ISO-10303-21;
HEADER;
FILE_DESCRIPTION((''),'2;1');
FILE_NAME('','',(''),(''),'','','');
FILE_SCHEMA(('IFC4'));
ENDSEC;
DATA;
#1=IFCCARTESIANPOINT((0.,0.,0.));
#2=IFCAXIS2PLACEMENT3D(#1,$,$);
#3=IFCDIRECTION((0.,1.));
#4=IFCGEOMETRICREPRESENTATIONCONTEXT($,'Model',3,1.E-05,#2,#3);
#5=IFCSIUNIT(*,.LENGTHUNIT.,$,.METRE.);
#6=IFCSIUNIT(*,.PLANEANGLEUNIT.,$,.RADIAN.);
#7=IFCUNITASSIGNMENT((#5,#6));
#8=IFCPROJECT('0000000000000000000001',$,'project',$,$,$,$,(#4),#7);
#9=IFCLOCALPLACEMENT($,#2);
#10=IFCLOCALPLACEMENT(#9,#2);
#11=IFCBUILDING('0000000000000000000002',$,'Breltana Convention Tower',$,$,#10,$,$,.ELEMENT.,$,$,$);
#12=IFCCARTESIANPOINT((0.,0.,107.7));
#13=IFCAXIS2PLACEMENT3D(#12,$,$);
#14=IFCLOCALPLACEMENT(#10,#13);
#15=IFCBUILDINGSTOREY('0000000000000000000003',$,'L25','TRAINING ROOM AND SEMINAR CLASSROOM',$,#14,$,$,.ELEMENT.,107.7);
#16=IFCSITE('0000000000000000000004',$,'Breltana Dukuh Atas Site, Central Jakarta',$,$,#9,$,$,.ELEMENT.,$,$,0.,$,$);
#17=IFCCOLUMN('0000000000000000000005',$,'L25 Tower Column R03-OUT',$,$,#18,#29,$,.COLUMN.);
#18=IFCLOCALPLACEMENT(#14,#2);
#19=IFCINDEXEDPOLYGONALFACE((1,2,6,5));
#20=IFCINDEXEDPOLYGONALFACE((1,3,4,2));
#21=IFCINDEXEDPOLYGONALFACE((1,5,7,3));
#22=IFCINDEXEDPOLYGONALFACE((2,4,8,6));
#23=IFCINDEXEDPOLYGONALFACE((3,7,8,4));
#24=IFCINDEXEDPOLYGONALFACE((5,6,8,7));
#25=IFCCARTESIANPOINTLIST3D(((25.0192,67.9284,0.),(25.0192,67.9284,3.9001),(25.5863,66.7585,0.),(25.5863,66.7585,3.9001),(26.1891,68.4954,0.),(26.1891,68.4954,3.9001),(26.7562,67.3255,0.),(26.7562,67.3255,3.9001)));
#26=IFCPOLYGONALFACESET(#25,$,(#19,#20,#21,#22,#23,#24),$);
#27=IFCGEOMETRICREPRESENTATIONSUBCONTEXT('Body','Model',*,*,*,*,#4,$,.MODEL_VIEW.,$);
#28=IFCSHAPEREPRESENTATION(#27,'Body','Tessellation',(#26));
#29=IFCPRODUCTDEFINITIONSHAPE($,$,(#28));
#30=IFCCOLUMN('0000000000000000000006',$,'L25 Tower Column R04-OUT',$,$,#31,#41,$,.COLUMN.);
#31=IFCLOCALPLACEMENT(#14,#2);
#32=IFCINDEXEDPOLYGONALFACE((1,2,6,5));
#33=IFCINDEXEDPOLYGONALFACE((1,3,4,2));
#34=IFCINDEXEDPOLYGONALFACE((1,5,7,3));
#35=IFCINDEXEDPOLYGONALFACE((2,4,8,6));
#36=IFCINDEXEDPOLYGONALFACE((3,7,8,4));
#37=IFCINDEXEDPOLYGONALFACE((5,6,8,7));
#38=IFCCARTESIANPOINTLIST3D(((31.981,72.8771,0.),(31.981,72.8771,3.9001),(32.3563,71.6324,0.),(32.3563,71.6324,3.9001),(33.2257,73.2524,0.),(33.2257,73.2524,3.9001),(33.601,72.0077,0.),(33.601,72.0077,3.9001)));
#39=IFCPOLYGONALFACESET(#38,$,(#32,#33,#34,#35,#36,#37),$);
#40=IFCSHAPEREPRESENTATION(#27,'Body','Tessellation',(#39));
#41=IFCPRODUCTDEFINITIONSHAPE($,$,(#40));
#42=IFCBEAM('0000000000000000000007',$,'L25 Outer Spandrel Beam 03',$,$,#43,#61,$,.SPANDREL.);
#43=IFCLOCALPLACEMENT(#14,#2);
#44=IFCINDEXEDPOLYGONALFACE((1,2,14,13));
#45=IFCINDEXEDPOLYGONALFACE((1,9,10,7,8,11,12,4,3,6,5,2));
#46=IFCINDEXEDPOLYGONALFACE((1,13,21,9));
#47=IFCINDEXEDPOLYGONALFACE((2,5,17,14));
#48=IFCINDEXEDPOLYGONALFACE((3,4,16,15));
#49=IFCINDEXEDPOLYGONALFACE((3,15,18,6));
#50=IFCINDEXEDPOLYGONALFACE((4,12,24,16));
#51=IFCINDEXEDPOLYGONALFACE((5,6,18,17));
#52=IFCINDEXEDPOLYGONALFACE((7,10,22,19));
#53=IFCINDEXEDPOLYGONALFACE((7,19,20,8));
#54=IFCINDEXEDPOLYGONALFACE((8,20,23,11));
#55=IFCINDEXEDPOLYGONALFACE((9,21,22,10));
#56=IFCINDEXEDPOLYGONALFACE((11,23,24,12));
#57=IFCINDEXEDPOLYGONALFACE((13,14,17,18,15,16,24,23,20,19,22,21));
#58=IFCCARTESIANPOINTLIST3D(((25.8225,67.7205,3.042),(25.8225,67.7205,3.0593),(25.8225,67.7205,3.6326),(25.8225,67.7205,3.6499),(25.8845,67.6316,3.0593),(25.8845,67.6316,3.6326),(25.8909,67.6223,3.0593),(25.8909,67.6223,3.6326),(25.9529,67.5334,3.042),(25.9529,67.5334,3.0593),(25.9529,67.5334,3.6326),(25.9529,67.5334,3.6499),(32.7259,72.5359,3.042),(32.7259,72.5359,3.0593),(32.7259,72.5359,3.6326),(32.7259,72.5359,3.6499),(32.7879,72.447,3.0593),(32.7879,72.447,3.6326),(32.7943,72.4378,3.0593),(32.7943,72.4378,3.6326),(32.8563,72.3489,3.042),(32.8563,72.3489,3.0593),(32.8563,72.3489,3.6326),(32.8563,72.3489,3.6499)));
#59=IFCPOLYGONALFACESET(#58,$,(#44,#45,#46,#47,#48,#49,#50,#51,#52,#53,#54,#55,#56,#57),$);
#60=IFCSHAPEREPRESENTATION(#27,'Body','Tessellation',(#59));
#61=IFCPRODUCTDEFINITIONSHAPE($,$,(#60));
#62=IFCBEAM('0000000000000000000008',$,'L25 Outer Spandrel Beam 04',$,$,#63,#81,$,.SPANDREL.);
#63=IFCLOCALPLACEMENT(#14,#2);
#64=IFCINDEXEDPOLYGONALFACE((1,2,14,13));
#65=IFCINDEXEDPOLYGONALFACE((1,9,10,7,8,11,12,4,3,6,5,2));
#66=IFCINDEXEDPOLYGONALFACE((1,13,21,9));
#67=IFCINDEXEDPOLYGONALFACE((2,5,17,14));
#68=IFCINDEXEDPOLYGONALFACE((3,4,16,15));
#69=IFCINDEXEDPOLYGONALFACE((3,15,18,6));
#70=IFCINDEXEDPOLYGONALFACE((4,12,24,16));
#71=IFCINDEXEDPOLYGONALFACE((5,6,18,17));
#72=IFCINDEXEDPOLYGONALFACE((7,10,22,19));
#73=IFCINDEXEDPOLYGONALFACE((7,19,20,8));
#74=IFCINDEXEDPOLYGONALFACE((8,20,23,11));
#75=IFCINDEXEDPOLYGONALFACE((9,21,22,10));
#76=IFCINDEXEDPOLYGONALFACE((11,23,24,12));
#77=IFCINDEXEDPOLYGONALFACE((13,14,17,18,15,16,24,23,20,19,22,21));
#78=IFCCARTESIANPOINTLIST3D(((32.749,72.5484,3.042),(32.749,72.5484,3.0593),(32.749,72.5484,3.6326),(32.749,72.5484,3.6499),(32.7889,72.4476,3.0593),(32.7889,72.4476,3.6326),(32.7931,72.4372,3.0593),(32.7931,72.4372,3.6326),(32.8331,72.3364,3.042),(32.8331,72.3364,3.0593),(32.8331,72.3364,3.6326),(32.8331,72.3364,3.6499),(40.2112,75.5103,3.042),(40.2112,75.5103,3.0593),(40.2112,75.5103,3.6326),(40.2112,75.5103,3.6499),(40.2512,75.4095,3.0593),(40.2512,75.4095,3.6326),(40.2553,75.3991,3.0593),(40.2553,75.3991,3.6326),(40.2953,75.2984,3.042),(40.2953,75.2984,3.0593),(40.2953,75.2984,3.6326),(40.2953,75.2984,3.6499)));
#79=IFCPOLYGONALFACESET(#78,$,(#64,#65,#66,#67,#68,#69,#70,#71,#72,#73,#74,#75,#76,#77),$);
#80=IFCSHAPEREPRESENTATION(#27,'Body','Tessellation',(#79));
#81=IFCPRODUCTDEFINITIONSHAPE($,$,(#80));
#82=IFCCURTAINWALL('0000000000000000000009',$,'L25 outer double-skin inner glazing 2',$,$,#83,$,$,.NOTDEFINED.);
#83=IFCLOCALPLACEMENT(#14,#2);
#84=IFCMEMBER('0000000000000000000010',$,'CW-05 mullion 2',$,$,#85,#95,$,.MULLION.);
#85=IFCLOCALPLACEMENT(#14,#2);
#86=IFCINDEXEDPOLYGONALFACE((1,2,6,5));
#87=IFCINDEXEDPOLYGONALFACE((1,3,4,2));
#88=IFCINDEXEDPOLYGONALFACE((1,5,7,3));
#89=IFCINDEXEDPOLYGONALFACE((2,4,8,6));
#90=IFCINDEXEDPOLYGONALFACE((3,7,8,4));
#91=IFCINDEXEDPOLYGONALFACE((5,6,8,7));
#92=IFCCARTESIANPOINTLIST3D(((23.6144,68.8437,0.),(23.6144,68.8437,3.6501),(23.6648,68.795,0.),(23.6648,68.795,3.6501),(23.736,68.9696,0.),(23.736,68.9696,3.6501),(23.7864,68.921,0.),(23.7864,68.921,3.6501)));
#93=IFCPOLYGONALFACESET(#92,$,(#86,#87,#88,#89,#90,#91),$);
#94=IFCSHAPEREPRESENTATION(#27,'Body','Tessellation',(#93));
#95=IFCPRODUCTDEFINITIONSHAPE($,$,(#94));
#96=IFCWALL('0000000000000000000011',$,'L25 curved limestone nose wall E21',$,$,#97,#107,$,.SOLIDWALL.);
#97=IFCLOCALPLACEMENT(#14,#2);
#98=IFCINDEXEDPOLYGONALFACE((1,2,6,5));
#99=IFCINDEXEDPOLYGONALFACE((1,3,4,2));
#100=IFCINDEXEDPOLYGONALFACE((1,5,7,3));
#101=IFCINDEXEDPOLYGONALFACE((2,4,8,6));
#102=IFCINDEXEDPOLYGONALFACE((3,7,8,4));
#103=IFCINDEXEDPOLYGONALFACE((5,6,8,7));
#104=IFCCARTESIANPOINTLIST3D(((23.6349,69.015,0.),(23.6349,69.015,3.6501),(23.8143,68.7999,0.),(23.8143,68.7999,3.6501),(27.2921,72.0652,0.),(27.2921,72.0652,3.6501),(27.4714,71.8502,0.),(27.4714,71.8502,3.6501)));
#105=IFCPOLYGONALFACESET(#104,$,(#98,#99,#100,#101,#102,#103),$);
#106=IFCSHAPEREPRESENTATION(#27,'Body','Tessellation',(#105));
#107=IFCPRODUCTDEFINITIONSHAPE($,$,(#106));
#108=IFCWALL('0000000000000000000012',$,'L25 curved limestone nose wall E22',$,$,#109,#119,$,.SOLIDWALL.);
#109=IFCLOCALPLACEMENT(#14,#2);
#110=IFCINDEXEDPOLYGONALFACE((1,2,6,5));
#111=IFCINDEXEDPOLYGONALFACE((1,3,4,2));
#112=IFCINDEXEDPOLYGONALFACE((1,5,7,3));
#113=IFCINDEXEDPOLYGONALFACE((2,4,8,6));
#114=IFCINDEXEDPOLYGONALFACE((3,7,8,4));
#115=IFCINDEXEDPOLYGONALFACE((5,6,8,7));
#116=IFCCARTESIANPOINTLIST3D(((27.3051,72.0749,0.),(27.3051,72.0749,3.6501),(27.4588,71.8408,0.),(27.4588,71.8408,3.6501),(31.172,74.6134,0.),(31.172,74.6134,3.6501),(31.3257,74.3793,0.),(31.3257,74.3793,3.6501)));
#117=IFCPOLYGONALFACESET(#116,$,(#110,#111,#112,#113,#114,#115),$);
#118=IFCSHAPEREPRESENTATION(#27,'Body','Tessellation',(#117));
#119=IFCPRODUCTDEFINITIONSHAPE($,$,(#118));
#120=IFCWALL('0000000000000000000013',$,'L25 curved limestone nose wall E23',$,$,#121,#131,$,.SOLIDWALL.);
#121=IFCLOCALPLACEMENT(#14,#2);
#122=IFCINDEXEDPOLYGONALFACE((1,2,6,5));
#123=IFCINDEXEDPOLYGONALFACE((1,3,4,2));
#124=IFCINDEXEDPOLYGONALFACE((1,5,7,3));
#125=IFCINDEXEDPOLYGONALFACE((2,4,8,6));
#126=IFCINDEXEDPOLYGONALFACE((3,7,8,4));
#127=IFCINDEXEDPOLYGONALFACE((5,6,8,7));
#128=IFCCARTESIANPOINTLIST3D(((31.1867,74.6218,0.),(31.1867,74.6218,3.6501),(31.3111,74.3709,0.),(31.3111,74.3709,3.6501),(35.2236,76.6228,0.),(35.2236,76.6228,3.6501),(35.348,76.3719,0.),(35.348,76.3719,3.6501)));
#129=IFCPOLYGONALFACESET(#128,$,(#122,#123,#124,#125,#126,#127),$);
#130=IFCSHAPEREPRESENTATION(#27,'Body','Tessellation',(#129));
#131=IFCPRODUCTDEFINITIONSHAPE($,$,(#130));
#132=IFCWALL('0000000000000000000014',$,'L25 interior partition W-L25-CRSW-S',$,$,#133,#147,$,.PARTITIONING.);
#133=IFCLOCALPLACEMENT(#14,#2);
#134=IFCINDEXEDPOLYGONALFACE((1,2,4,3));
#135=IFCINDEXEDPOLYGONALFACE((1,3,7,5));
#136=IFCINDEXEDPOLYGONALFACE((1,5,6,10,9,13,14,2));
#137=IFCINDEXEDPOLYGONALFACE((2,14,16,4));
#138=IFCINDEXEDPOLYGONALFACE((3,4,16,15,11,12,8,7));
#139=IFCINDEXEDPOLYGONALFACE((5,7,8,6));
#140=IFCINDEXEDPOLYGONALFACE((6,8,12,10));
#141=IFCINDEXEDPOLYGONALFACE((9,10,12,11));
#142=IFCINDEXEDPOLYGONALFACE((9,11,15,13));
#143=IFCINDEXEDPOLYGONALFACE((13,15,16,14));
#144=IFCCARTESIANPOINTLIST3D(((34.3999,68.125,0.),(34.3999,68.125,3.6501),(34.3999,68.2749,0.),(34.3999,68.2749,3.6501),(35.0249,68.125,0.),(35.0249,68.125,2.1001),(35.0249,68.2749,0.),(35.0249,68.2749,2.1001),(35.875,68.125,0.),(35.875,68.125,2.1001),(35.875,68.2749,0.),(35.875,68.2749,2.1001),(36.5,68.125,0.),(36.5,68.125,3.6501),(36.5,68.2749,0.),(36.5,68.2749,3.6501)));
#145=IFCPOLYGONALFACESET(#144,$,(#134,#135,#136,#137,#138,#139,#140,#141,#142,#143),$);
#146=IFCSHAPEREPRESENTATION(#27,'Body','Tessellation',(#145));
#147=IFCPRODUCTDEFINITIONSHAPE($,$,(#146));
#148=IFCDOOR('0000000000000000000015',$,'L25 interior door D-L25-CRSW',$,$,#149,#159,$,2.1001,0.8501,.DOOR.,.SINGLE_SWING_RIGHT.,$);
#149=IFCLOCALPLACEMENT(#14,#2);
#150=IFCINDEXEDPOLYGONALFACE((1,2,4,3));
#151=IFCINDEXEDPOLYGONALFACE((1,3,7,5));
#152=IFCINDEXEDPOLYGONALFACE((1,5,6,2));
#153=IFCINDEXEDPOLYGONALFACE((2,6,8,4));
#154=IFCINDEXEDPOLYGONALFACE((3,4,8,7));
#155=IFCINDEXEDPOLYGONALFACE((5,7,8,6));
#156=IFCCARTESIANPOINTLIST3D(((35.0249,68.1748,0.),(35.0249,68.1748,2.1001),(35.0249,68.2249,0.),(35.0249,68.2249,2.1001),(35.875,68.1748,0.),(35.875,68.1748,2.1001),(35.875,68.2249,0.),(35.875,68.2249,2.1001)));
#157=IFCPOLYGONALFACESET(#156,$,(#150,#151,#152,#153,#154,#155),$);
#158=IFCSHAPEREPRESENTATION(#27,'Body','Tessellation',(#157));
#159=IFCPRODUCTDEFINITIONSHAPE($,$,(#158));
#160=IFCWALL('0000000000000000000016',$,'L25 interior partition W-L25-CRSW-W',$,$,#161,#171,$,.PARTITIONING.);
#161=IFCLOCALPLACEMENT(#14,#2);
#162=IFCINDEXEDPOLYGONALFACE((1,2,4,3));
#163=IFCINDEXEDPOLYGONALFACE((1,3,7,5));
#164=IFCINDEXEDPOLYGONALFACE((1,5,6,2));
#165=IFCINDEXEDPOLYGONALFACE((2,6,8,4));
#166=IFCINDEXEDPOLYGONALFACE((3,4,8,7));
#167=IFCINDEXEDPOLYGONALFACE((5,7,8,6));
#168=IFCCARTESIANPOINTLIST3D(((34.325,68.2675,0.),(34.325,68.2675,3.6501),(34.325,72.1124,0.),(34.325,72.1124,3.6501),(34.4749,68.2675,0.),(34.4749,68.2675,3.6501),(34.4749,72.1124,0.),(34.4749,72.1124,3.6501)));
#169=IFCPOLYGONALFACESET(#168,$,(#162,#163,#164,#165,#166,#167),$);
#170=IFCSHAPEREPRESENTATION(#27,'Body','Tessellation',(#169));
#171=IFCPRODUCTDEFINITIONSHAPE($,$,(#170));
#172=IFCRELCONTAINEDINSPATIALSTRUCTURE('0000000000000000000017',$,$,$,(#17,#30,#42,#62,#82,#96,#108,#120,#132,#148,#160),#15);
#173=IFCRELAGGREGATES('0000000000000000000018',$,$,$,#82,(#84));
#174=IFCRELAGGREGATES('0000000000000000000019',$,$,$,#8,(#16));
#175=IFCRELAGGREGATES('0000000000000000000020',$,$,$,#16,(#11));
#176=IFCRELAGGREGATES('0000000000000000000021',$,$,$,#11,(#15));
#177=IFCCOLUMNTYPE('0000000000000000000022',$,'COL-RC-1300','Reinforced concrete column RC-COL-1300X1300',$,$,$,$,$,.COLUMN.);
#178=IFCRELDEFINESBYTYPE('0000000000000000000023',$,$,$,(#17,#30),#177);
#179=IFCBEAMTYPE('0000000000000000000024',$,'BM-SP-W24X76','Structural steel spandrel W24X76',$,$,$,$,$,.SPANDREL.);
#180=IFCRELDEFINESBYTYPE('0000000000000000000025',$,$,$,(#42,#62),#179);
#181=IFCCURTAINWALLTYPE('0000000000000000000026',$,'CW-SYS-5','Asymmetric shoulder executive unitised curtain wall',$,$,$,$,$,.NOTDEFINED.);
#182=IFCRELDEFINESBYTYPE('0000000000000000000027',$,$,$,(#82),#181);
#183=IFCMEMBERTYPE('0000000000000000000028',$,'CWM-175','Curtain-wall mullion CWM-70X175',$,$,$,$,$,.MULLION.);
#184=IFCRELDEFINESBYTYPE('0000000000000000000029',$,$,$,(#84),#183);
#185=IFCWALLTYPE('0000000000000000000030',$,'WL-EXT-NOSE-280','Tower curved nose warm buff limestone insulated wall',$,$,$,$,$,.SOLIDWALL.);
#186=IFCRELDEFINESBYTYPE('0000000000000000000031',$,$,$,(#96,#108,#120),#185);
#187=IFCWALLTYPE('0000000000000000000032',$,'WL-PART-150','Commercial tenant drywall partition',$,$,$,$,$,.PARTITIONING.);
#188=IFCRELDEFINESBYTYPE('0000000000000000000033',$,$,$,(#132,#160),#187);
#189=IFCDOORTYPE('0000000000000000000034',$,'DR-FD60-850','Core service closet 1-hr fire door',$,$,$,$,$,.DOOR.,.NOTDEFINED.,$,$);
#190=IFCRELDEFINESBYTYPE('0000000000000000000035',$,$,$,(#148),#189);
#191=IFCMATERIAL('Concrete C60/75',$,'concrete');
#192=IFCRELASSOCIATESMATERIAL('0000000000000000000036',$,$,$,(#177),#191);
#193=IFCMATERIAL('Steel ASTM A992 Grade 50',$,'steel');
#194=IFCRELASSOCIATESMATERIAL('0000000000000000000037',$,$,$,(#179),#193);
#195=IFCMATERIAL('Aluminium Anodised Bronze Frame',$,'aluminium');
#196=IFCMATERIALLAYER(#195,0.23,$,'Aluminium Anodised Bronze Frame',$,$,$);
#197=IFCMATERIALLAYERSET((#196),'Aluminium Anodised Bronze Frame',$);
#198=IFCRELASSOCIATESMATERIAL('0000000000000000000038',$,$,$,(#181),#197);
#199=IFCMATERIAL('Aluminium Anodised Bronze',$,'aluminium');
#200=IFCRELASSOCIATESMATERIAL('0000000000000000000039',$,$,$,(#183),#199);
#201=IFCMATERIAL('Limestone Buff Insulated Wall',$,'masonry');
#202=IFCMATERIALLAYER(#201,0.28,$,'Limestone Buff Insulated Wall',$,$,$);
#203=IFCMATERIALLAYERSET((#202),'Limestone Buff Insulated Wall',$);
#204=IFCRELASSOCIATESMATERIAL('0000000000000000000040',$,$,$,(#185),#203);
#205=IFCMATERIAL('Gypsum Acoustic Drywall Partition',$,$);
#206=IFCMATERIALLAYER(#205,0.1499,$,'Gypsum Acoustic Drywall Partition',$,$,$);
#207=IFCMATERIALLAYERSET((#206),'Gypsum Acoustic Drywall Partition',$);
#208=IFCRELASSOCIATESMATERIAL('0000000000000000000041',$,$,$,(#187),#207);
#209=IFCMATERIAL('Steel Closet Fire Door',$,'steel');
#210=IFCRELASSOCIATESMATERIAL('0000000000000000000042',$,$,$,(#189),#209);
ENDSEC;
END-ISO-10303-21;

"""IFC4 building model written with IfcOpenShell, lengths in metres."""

from ifc_helpers import new_model, si_unit, direction, frame, frame_2d, origin, origin_2d, place, context, subcontext, project, spatial, rectangle, i_section, extrude, source, transform, mapped, material, layer, layer_set, material_profile, profile_set, type_object, type_shapes, element, fill, aggregate, save


model = new_model("IFC4")

# Units and contexts
model_context = context("Model", 3, precision=1e-05, world=origin(), true_north=direction((0.0, 1.0)))
body_context = subcontext(model_context, "Body", "Model", "MODEL_VIEW")
ifc_project = project(units=[si_unit("LENGTHUNIT", "METRE"), si_unit("PLANEANGLEUNIT", "RADIAN")], contexts=[model_context])

# Site, building, storey
site_placement = place(None, origin())
site = spatial("IfcSite", under=ifc_project, at=site_placement, Name="Breltana Dukuh Atas Site, Central Jakarta", CompositionType="ELEMENT", RefElevation=0.0)
building_placement = place(site_placement, origin())
building = spatial("IfcBuilding", under=site, at=building_placement, Name="Breltana Convention Tower", CompositionType="ELEMENT")
storey_placement = place(building_placement, frame((0.0, 0.0, 107.7)))
storey = spatial("IfcBuildingStorey", under=building, at=storey_placement, Name="L25", Description="TRAINING ROOM AND SEMINAR CLASSROOM", CompositionType="ELEMENT", Elevation=107.7)

# Columns
ifc_material_1 = material(Name="Concrete C60/75", Category="concrete")
ifc_material_profile_1 = material_profile(ifc_material_1, rectangle(XDim=1.3, YDim=1.3, at=origin_2d()), Name="RC-COL-1300X1300")
ifc_profile_set_1 = profile_set([ifc_material_profile_1], Name="Concrete C60/75")
column_type = type_object("IfcColumnType", Name="COL-RC-1300", Description="Reinforced concrete column RC-COL-1300X1300", PredefinedType="COLUMN", material=ifc_profile_set_1)
shared_shape_1 = source(origin(), body_context, "Body", "SweptSolid", [
    extrude(rectangle(XDim=1.3, YDim=1.3, at=origin_2d()), origin(), (0.0, 0.0, 1.0), 3.9001),
])
for number, where, z_axis, x_axis, name in (
    (1, (25.8877, 67.627, 0.0), (0.0, 0.0, 1.0), (-0.436174, 0.899863, 0.0), "L25 Tower Column R03-OUT"),
    (2, (32.791, 72.4424, 0.0), (0.0, 0.0, 1.0), (-0.288698, 0.95742, 0.0), "L25 Tower Column R04-OUT"),
):
    element("IfcColumn", number, at=place(storey_placement, frame(where, z_axis=z_axis, x_axis=x_axis)), inside=storey, type_object=column_type, Name=name, PredefinedType="COLUMN", context=body_context, shape_type="MappedRepresentation", body=[
        mapped(shared_shape_1, transform((0.0, 0.0, 0.0), scale=1.0)),
    ])

# Beams
ifc_material_2 = material(Name="Steel ASTM A992 Grade 50", Category="steel")
ifc_material_profile_2 = material_profile(ifc_material_2, i_section(OverallWidth=0.228, OverallDepth=0.6079, WebThickness=0.0112, FlangeThickness=0.0173, at=origin_2d()), Name="W24X76")
ifc_profile_set_2 = profile_set([ifc_material_profile_2], Name="Steel ASTM A992 Grade 50")
beam_type = type_object("IfcBeamType", Name="BM-SP-W24X76", Description="Structural steel spandrel W24X76", PredefinedType="SPANDREL", material=ifc_profile_set_2)
shared_shape_2 = source(origin(), body_context, "Body", "SweptSolid", [
    extrude(i_section(OverallWidth=0.228, OverallDepth=0.6079, WebThickness=0.0112, FlangeThickness=0.0173, at=origin_2d()), origin(), (0.0, 0.0, 1.0), 8.417),
])
beam_1_placement = place(storey_placement, frame((25.8877, 67.627, 3.3459), z_axis=(0.820174, 0.572114, 0.0), x_axis=(-0.572114, 0.820174, 0.0)))
element("IfcBeam", 3, at=beam_1_placement, inside=storey, type_object=beam_type, Name="L25 Outer Spandrel Beam 03", PredefinedType="SPANDREL", context=body_context, shape_type="MappedRepresentation", body=[
    mapped(shared_shape_2, transform((0.0, 0.0, 0.0), scale=1.0)),
])
shared_shape_3 = source(origin(), body_context, "Body", "SweptSolid", [
    extrude(i_section(OverallWidth=0.228, OverallDepth=0.6079, WebThickness=0.0112, FlangeThickness=0.0173, at=origin_2d()), origin(), (0.0, 0.0, 1.0), 8.0286),
])
beam_2_placement = place(storey_placement, frame((32.791, 72.4424, 3.3459), z_axis=(0.929459, 0.368925, 0.0), x_axis=(-0.368925, 0.929459, 0.0)))
element("IfcBeam", 4, at=beam_2_placement, inside=storey, type_object=beam_type, Name="L25 Outer Spandrel Beam 04", PredefinedType="SPANDREL", context=body_context, shape_type="MappedRepresentation", body=[
    mapped(shared_shape_3, transform((0.0, 0.0, 0.0), scale=1.0)),
])

# Curtain wall, member
ifc_material_3 = material(Name="Aluminium Anodised Bronze Frame", Category="aluminium")
ifc_layer_1 = layer(ifc_material_3, 0.23, Name="Aluminium Anodised Bronze Frame")
ifc_layer_set_1 = layer_set([ifc_layer_1], Name="Aluminium Anodised Bronze Frame")
curtain_wall_type = type_object("IfcCurtainWallType", Name="CW-SYS-5", Description="Asymmetric shoulder executive unitised curtain wall", PredefinedType="NOTDEFINED", material=ifc_layer_set_1)
curtain_wall_placement = place(storey_placement, origin())
curtain_wall = element("IfcCurtainWall", 5, at=curtain_wall_placement, inside=storey, type_object=curtain_wall_type, Name="L25 outer double-skin inner glazing 2", PredefinedType="NOTDEFINED")
ifc_material_4 = material(Name="Aluminium Anodised Bronze", Category="aluminium")
ifc_material_profile_3 = material_profile(ifc_material_4, rectangle(XDim=0.0701, YDim=0.175, at=origin_2d()), Name="CWM-70X175")
ifc_profile_set_3 = profile_set([ifc_material_profile_3], Name="Aluminium Anodised Bronze")
member_type = type_object("IfcMemberType", Name="CWM-175", Description="Curtain-wall mullion CWM-70X175", PredefinedType="MULLION", material=ifc_profile_set_3)
shared_shape_4 = source(origin(), body_context, "Body", "SweptSolid", [
    extrude(rectangle(XDim=0.0701, YDim=0.175, at=origin_2d()), origin(), (0.0, 0.0, 1.0), 3.6501),
])
member_placement = place(storey_placement, frame((23.7004, 68.8823, 0.0), z_axis=(0.0, 0.0, 1.0), x_axis=(-0.719385, 0.694612, 0.0)))
member = element("IfcMember", 6, at=member_placement, type_object=member_type, Name="CW-05 mullion 2", PredefinedType="MULLION", context=body_context, shape_type="MappedRepresentation", body=[
    mapped(shared_shape_4, transform((0.0, 0.0, 0.0), scale=1.0)),
])
aggregate(curtain_wall, [member])

# Walls
ifc_material_5 = material(Name="Limestone Buff Insulated Wall", Category="masonry")
ifc_layer_2 = layer(ifc_material_5, 0.28, Name="Limestone Buff Insulated Wall")
ifc_layer_set_2 = layer_set([ifc_layer_2], Name="Limestone Buff Insulated Wall")
wall_type_1 = type_object("IfcWallType", Name="WL-EXT-NOSE-280", Description="Tower curved nose warm buff limestone insulated wall", PredefinedType="SOLIDWALL", material=ifc_layer_set_2)
shared_shape_5 = source(origin(), body_context, "Body", "SweptSolid", [
    extrude(rectangle(XDim=4.7622, YDim=0.28, at=frame_2d((2.3811, 0.0))), origin(), (0.0, 0.0, 1.0), 3.6501),
])
wall_1_placement = place(storey_placement, frame((23.7246, 68.9075, 0.0), z_axis=(0.0, 0.0, 1.0), x_axis=(0.767952, 0.640507, 0.0)))
element("IfcWall", 7, at=wall_1_placement, inside=storey, type_object=wall_type_1, Name="L25 curved limestone nose wall E21", PredefinedType="SOLIDWALL", context=body_context, shape_type="MappedRepresentation", body=[
    mapped(shared_shape_5, transform((0.0, 0.0, 0.0), scale=1.0)),
])
shared_shape_6 = source(origin(), body_context, "Body", "SweptSolid", [
    extrude(rectangle(XDim=4.6257, YDim=0.28, at=frame_2d((2.313, 0.0))), origin(), (0.0, 0.0, 1.0), 3.6501),
])
wall_2_placement = place(storey_placement, frame((27.3818, 71.9578, 0.0), z_axis=(0.0, 0.0, 1.0), x_axis=(0.835959, 0.548791, 0.0)))
element("IfcWall", 8, at=wall_2_placement, inside=storey, type_object=wall_type_1, Name="L25 curved limestone nose wall E22", PredefinedType="SOLIDWALL", context=body_context, shape_type="MappedRepresentation", body=[
    mapped(shared_shape_6, transform((0.0, 0.0, 0.0), scale=1.0)),
])
shared_shape_7 = source(origin(), body_context, "Body", "SweptSolid", [
    extrude(rectangle(XDim=4.5056, YDim=0.28, at=frame_2d((2.2529, 0.0))), origin(), (0.0, 0.0, 1.0), 3.6501),
])
wall_3_placement = place(storey_placement, frame((31.2488, 74.4963, 0.0), z_axis=(0.0, 0.0, 1.0), x_axis=(0.895972, 0.444111, 0.0)))
element("IfcWall", 9, at=wall_3_placement, inside=storey, type_object=wall_type_1, Name="L25 curved limestone nose wall E23", PredefinedType="SOLIDWALL", context=body_context, shape_type="MappedRepresentation", body=[
    mapped(shared_shape_7, transform((0.0, 0.0, 0.0), scale=1.0)),
])

# Wall, opening, door
ifc_material_6 = material(Name="Gypsum Acoustic Drywall Partition")
ifc_layer_3 = layer(ifc_material_6, 0.1499, Name="Gypsum Acoustic Drywall Partition")
ifc_layer_set_3 = layer_set([ifc_layer_3], Name="Gypsum Acoustic Drywall Partition")
wall_type_2 = type_object("IfcWallType", Name="WL-PART-150", Description="Commercial tenant drywall partition", PredefinedType="PARTITIONING", material=ifc_layer_set_3)
shared_shape_8 = source(origin(), body_context, "Body", "SweptSolid", [
    extrude(rectangle(XDim=2.1001, YDim=0.1499, at=frame_2d((1.05, 0.0))), origin(), (0.0, 0.0, 1.0), 3.6501),
])
wall_4_placement = place(storey_placement, frame((34.3999, 68.2, 0.0), z_axis=(0.0, 0.0, 1.0), x_axis=(1.0, 0.0, 0.0)))
wall_4 = element("IfcWall", 10, at=wall_4_placement, inside=storey, type_object=wall_type_2, Name="L25 interior partition W-L25-CRSW-S", PredefinedType="PARTITIONING", context=body_context, shape_type="MappedRepresentation", body=[
    mapped(shared_shape_8, transform((0.0, 0.0, 0.0), scale=1.0)),
])
opening_1_placement = place(wall_4_placement, frame((0.625, 0.0, 0.0)))
opening_1 = element("IfcOpeningElement", 11, at=opening_1_placement, cuts=wall_4, PredefinedType="OPENING", context=body_context, shape_type="SweptSolid", body=[
    extrude(rectangle(XDim=0.8501, YDim=2.1001, at=frame_2d((0.425, 1.05))), frame((0.0, 0.085, 0.0), z_axis=(0.0, -1.0, 0.0), x_axis=(1.0, 0.0, 0.0)), (0.0, 0.0, 1.0), 0.1699),
])
ifc_material_7 = material(Name="Steel Closet Fire Door", Category="steel")
door_type_1 = type_object("IfcDoorType", Name="DR-FD60-850", Description="Core service closet 1-hr fire door", OperationType="NOTDEFINED", PredefinedType="DOOR", material=ifc_material_7)
shared_shape_9 = source(origin(), body_context, "Body", "SweptSolid", [
    extrude(rectangle(XDim=0.8501, YDim=2.1001, at=frame_2d((0.425, 1.05))), frame((0.0, 0.0249, 0.0), z_axis=(0.0, -1.0, 0.0), x_axis=(1.0, 0.0, 0.0)), (0.0, 0.0, 1.0), 0.05),
])
type_shapes(door_type_1, [shared_shape_9])
door_1_placement = place(opening_1_placement, origin())
door_1 = element("IfcDoor", 12, at=door_1_placement, inside=storey, type_object=door_type_1, Name="L25 interior door D-L25-CRSW", OperationType="SINGLE_SWING_RIGHT", OverallHeight=2.1001, OverallWidth=0.8501, PredefinedType="DOOR", context=body_context, shape_type="MappedRepresentation", body=[
    mapped(shared_shape_9, transform((0.0, 0.0, 0.0), scale=1.0)),
])
fill(opening_1, door_1)

# Wall
shared_shape_10 = source(origin(), body_context, "Body", "SweptSolid", [
    extrude(rectangle(XDim=3.845, YDim=0.1499, at=frame_2d((1.9224, 0.0))), origin(), (0.0, 0.0, 1.0), 3.6501),
])
wall_5_placement = place(storey_placement, frame((34.3999, 68.2676, 0.0), z_axis=(0.0, 0.0, 1.0), x_axis=(0.0, 1.0, 0.0)))
element("IfcWall", 13, at=wall_5_placement, inside=storey, type_object=wall_type_2, Name="L25 interior partition W-L25-CRSW-W", PredefinedType="PARTITIONING", context=body_context, shape_type="MappedRepresentation", body=[
    mapped(shared_shape_10, transform((0.0, 0.0, 0.0), scale=1.0)),
])

save(model, "model.ifc")
